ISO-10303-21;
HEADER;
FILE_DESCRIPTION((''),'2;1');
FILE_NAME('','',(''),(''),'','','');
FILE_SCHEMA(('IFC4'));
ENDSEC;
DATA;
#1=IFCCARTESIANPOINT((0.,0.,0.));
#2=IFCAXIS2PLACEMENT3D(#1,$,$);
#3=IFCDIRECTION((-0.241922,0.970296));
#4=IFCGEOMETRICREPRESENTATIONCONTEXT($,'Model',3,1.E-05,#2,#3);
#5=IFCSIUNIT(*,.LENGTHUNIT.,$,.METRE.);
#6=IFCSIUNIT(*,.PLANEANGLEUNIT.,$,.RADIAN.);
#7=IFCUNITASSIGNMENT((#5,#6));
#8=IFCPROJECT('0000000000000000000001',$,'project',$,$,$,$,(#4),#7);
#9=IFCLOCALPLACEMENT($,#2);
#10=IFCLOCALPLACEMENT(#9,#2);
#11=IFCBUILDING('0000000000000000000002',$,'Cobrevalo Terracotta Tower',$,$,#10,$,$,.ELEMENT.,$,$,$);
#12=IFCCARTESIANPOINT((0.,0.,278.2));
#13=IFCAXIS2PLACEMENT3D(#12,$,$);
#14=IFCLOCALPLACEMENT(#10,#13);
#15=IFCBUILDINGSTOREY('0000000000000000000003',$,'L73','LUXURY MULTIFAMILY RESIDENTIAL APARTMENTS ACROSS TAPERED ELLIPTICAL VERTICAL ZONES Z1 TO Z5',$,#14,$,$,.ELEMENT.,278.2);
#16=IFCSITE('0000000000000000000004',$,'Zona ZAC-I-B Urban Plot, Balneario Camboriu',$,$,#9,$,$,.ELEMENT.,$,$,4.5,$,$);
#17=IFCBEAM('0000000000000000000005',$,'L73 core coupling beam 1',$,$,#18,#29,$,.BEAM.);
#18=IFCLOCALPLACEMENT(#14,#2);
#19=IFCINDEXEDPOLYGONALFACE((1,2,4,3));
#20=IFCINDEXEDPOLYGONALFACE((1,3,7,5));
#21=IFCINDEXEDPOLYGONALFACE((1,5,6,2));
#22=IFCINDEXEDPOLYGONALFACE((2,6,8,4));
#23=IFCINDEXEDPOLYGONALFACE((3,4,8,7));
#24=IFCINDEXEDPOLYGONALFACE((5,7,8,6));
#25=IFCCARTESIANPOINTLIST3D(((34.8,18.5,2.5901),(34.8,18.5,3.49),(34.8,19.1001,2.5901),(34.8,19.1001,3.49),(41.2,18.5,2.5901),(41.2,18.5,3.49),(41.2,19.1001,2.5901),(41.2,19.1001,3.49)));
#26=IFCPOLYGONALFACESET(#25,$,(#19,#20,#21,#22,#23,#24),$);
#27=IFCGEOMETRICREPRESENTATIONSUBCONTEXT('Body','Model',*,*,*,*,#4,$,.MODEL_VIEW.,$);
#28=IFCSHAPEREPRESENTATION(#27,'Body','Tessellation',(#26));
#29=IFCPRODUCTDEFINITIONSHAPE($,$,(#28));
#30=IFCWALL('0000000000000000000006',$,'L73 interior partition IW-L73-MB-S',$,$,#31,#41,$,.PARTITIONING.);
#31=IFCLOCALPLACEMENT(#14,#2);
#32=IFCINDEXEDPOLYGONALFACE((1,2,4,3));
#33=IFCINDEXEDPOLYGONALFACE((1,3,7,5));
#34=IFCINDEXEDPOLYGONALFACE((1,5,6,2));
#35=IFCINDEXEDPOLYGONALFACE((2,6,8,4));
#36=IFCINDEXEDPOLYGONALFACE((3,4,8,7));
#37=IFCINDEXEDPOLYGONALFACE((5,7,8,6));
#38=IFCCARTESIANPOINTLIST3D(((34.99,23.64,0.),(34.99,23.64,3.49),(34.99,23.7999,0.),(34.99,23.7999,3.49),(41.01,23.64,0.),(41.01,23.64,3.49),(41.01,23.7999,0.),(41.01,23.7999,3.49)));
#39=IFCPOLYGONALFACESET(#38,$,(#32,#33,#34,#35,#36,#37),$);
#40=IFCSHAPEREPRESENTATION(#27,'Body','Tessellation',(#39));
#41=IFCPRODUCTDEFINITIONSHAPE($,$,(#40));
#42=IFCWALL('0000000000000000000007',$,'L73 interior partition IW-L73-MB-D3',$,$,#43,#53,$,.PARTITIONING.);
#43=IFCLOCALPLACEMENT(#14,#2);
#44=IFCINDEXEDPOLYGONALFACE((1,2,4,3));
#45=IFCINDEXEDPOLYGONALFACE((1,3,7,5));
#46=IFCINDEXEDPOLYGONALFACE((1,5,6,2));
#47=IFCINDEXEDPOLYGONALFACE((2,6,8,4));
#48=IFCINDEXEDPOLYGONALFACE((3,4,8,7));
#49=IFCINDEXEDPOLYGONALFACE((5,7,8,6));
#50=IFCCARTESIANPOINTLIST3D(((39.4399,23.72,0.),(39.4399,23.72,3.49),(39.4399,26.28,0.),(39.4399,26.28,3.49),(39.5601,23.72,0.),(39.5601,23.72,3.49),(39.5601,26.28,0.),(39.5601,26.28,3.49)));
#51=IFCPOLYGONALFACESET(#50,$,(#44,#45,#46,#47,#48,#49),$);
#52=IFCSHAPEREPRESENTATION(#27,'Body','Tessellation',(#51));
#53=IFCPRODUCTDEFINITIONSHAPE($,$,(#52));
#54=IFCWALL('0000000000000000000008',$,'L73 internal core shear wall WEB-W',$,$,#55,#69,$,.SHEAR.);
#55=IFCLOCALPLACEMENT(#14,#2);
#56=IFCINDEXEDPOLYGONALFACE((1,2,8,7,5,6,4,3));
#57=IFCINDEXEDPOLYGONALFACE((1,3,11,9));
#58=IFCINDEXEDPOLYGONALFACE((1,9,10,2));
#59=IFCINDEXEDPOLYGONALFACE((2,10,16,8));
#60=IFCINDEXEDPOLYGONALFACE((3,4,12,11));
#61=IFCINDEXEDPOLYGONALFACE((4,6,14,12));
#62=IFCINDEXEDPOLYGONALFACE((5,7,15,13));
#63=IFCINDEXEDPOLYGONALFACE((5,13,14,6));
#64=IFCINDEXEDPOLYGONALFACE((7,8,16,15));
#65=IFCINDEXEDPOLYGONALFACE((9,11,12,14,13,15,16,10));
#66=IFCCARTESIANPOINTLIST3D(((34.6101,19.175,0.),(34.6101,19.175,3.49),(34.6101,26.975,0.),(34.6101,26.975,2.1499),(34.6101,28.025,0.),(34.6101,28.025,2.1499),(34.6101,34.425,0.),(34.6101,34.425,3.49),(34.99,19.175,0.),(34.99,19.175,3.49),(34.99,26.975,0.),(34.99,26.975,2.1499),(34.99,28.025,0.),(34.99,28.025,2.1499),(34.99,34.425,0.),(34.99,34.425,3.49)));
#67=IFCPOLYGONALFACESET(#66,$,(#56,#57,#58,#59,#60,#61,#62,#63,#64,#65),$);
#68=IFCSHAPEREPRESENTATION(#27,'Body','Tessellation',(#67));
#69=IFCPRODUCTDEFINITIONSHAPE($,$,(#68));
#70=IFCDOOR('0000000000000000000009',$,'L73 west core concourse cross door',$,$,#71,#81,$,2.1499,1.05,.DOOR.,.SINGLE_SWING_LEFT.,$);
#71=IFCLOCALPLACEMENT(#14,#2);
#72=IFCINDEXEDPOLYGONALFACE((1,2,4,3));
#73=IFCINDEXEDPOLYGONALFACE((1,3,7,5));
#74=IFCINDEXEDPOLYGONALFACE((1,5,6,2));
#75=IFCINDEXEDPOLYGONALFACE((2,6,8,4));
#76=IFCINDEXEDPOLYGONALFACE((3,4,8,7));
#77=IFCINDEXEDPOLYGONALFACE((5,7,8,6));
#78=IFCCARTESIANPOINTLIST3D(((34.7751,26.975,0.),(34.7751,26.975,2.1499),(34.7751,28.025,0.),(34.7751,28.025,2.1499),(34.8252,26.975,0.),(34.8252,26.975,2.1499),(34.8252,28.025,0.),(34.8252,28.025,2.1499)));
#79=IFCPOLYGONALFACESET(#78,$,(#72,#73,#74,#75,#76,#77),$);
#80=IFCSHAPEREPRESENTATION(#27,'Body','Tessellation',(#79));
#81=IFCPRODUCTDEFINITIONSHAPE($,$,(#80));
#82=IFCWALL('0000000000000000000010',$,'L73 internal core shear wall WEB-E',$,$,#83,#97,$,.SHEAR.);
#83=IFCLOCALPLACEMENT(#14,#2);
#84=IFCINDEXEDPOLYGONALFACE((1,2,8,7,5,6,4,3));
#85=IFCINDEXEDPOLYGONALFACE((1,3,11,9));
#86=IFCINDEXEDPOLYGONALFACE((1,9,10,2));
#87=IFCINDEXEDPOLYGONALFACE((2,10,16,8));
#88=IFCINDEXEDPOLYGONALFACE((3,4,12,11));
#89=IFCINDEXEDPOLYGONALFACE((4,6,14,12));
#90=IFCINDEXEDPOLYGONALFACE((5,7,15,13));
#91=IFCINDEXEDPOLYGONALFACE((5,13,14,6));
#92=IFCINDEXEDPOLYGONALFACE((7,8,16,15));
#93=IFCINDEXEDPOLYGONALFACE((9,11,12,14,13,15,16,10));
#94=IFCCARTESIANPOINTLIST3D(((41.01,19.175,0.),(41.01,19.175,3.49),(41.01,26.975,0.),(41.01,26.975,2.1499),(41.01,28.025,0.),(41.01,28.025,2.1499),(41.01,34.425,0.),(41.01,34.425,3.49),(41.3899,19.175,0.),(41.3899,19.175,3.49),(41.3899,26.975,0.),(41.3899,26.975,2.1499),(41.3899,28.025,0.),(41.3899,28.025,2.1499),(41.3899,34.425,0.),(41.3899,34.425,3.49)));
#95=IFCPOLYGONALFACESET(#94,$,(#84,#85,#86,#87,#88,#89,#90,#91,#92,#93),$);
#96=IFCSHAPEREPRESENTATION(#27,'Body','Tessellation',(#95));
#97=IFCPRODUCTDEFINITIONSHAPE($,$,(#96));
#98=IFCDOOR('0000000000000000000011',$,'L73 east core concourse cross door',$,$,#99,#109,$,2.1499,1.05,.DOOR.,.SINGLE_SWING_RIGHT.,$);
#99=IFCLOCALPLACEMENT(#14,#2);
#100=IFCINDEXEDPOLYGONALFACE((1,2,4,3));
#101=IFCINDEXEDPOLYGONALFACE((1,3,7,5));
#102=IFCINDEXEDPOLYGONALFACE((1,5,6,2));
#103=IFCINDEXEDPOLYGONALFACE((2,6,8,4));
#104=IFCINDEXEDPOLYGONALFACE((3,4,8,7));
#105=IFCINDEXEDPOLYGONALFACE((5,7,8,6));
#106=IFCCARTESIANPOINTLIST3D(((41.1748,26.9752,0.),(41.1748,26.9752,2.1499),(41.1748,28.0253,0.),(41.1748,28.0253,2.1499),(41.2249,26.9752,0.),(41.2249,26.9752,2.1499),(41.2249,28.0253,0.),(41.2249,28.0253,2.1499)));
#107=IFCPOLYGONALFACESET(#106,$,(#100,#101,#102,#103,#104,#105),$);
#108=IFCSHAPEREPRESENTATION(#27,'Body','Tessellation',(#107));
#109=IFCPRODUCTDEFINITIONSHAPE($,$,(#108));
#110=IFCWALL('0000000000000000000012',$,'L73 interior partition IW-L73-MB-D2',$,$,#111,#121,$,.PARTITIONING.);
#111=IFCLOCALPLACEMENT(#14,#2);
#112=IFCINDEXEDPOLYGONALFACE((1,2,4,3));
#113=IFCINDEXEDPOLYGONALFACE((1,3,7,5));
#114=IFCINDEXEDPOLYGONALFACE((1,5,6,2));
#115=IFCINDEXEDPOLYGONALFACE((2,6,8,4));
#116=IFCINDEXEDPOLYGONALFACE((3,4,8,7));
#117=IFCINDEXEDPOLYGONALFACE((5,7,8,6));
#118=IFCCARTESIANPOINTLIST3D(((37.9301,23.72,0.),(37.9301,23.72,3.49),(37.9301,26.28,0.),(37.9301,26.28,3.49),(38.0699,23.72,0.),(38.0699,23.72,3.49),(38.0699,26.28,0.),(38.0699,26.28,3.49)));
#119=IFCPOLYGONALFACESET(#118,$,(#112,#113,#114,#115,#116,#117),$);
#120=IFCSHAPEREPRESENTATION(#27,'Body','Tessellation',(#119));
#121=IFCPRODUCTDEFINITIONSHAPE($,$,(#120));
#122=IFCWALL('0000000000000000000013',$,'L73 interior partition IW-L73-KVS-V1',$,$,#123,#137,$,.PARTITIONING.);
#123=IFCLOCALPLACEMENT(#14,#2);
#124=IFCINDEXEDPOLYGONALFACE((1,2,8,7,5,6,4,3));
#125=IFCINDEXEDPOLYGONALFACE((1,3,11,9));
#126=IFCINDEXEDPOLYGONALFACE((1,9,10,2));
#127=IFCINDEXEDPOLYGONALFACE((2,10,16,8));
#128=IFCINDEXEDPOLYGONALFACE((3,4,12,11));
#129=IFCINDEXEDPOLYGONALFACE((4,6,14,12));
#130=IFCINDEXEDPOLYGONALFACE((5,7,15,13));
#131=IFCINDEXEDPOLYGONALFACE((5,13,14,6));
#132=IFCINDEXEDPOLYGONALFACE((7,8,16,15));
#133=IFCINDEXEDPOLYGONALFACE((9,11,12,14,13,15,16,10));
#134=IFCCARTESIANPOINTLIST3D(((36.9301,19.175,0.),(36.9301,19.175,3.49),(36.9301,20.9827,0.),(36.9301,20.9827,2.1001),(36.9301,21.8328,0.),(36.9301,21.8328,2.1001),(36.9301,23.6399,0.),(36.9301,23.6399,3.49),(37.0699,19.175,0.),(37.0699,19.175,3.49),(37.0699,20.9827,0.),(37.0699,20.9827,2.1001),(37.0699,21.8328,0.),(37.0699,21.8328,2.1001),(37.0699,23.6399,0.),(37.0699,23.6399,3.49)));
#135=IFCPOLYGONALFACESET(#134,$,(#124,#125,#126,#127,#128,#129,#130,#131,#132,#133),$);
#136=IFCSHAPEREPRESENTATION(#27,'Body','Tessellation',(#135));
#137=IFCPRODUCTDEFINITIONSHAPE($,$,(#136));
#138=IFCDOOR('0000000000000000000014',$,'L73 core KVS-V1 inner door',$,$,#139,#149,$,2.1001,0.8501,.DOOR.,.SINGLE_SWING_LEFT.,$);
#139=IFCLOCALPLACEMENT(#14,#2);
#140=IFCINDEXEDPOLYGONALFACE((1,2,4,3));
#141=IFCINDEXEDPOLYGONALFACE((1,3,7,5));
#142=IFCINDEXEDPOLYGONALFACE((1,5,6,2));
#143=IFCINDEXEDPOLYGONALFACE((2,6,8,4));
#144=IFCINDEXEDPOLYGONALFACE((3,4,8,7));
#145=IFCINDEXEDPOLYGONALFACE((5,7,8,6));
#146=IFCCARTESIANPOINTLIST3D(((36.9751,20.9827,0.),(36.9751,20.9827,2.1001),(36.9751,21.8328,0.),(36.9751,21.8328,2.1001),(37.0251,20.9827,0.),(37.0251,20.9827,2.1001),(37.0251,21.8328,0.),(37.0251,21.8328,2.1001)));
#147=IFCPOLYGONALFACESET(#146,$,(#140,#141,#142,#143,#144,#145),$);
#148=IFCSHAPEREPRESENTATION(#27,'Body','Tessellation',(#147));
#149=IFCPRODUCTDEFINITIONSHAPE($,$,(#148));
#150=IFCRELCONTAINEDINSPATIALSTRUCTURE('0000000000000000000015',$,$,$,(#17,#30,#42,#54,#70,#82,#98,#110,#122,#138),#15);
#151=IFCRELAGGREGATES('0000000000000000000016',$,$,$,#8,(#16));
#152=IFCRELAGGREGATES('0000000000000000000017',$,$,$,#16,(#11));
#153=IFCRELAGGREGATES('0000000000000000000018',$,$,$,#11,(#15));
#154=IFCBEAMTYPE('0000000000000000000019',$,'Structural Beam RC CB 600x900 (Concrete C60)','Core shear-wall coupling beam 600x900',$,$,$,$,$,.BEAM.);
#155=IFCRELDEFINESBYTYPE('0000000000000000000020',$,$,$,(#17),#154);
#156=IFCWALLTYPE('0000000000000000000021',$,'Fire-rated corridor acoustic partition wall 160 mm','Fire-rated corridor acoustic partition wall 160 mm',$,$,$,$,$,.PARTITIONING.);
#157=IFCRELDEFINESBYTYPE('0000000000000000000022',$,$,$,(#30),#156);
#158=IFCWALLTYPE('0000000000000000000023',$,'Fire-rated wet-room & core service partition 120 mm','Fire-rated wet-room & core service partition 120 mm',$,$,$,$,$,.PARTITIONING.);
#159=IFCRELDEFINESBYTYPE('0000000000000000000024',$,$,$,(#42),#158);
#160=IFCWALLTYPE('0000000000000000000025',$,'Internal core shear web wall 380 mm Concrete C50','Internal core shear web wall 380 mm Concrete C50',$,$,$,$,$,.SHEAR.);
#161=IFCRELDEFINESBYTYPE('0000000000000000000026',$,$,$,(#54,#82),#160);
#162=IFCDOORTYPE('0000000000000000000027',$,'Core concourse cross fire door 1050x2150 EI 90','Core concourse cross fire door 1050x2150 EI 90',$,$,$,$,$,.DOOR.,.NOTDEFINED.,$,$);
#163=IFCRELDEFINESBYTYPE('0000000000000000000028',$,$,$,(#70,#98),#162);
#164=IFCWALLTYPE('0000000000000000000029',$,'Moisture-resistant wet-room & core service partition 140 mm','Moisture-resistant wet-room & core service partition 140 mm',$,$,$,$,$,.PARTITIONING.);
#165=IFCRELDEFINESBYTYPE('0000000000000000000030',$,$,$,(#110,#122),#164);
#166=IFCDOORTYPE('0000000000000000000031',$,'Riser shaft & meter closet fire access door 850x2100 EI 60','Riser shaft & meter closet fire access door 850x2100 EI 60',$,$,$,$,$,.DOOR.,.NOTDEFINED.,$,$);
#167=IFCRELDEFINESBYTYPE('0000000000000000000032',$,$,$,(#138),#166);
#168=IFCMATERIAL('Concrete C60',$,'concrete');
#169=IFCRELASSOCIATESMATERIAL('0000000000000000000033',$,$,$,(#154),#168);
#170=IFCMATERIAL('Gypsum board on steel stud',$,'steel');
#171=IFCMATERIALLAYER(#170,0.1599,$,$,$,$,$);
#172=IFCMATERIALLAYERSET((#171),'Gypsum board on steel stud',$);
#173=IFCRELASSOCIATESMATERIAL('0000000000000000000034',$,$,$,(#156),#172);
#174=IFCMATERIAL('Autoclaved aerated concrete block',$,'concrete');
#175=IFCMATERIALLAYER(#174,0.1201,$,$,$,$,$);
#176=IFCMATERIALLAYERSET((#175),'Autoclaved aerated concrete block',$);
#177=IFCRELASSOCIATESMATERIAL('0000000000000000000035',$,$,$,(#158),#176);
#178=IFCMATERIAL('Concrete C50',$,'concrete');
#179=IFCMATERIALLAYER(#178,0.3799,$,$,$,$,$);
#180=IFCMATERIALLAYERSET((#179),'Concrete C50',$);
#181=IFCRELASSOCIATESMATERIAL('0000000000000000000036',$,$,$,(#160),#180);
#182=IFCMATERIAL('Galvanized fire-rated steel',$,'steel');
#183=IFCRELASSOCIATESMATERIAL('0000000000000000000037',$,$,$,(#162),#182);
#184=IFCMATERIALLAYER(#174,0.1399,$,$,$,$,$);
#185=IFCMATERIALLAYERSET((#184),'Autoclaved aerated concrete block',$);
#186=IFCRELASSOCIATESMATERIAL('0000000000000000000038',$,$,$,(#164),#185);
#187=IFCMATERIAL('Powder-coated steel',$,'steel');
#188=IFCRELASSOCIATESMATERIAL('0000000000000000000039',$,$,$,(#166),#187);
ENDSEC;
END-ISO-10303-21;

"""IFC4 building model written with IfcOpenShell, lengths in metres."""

from ifc_helpers import new_model, si_unit, direction, frame, frame_2d, origin, origin_2d, place, context, subcontext, project, spatial, rectangle, extrude, source, transform, mapped, material, layer, layer_set, material_profile, profile_set, type_object, element, fill, save


model = new_model("IFC4")

# Units and contexts
model_context = context("Model", 3, precision=1e-05, world=origin(), true_north=direction((-0.241922, 0.970296)))
body_context = subcontext(model_context, "Body", "Model", "MODEL_VIEW")
ifc_project = project(units=[si_unit("LENGTHUNIT", "METRE"), si_unit("PLANEANGLEUNIT", "RADIAN")], contexts=[model_context])

# Site, building, storey
site_placement = place(None, origin())
site = spatial("IfcSite", under=ifc_project, at=site_placement, Name="Zona ZAC-I-B Urban Plot, Balneario Camboriu", CompositionType="ELEMENT", RefElevation=4.5)
building_placement = place(site_placement, origin())
building = spatial("IfcBuilding", under=site, at=building_placement, Name="Cobrevalo Terracotta Tower", CompositionType="ELEMENT")
storey_placement = place(building_placement, frame((0.0, 0.0, 278.2)))
storey = spatial("IfcBuildingStorey", under=building, at=storey_placement, Name="L73", Description="LUXURY MULTIFAMILY RESIDENTIAL APARTMENTS ACROSS TAPERED ELLIPTICAL VERTICAL ZONES Z1 TO Z5", CompositionType="ELEMENT", Elevation=278.2)

# Beam
ifc_material_1 = material(Name="Concrete C60", Category="concrete")
ifc_material_profile = material_profile(ifc_material_1, rectangle(XDim=0.6001, YDim=0.8999, at=origin_2d()), Name="RC CB 600x900")
ifc_profile_set = profile_set([ifc_material_profile], Name="Concrete C60")
beam_type = type_object("IfcBeamType", Name="Structural Beam RC CB 600x900 (Concrete C60)", Description="Core shear-wall coupling beam 600x900", PredefinedType="BEAM", material=ifc_profile_set)
beam_placement = place(storey_placement, frame((34.8, 18.8, 3.04), z_axis=(1.0, 0.0, 0.0), x_axis=(0.0, 1.0, 0.0)))
element("IfcBeam", 1, at=beam_placement, inside=storey, type_object=beam_type, Name="L73 core coupling beam 1", PredefinedType="BEAM", context=body_context, shape_type="SweptSolid", body=[
    extrude(rectangle(XDim=0.6001, YDim=0.8999, at=origin_2d()), origin(), (0.0, 0.0, 1.0), 6.3999),
])

# Walls
ifc_material_2 = material(Name="Gypsum board on steel stud", Category="steel")
ifc_layer_1 = layer(ifc_material_2, 0.1599)
ifc_layer_set_1 = layer_set([ifc_layer_1], Name="Gypsum board on steel stud")
wall_type_1 = type_object("IfcWallType", Name="Fire-rated corridor acoustic partition wall 160 mm", Description="Fire-rated corridor acoustic partition wall 160 mm", PredefinedType="PARTITIONING", material=ifc_layer_set_1)
wall_1_placement = place(storey_placement, frame((34.99, 23.72, 0.0), z_axis=(0.0, 0.0, 1.0), x_axis=(1.0, 0.0, 0.0)))
element("IfcWall", 2, at=wall_1_placement, inside=storey, type_object=wall_type_1, Name="L73 interior partition IW-L73-MB-S", PredefinedType="PARTITIONING", context=body_context, shape_type="SweptSolid", body=[
    extrude(rectangle(XDim=6.02, YDim=0.1599, at=frame_2d((3.01, 0.0))), origin(), (0.0, 0.0, 1.0), 3.49),
])
ifc_material_3 = material(Name="Autoclaved aerated concrete block", Category="concrete")
ifc_layer_2 = layer(ifc_material_3, 0.1201)
ifc_layer_set_2 = layer_set([ifc_layer_2], Name="Autoclaved aerated concrete block")
wall_type_2 = type_object("IfcWallType", Name="Fire-rated wet-room & core service partition 120 mm", Description="Fire-rated wet-room & core service partition 120 mm", PredefinedType="PARTITIONING", material=ifc_layer_set_2)
wall_2_placement = place(storey_placement, frame((39.5, 23.72, 0.0), z_axis=(0.0, 0.0, 1.0), x_axis=(0.0, 1.0, 0.0)))
element("IfcWall", 3, at=wall_2_placement, inside=storey, type_object=wall_type_2, Name="L73 interior partition IW-L73-MB-D3", PredefinedType="PARTITIONING", context=body_context, shape_type="SweptSolid", body=[
    extrude(rectangle(XDim=2.5601, YDim=0.1201, at=frame_2d((1.28, 0.0))), origin(), (0.0, 0.0, 1.0), 3.49),
])

# Walls, openings, doors
ifc_material_4 = material(Name="Concrete C50", Category="concrete")
ifc_layer_3 = layer(ifc_material_4, 0.3799)
ifc_layer_set_3 = layer_set([ifc_layer_3], Name="Concrete C50")
wall_type_3 = type_object("IfcWallType", Name="Internal core shear web wall 380 mm Concrete C50", Description="Internal core shear web wall 380 mm Concrete C50", PredefinedType="SHEAR", material=ifc_layer_set_3)
wall_3_placement = place(storey_placement, frame((34.8, 19.175, 0.0), z_axis=(0.0, 0.0, 1.0), x_axis=(0.0, 1.0, 0.0)))
wall_3 = element("IfcWall", 4, at=wall_3_placement, inside=storey, type_object=wall_type_3, Name="L73 internal core shear wall WEB-W", PredefinedType="SHEAR", context=body_context, shape_type="SweptSolid", body=[
    extrude(rectangle(XDim=15.25, YDim=0.3799, at=frame_2d((7.625, 0.0))), origin(), (0.0, 0.0, 1.0), 3.49),
])
opening_1_placement = place(wall_3_placement, frame((7.8, 0.0, 0.0)))
opening_1 = element("IfcOpeningElement", 5, at=opening_1_placement, cuts=wall_3, PredefinedType="OPENING", context=body_context, shape_type="SweptSolid", body=[
    extrude(rectangle(XDim=1.05, YDim=2.1499, at=frame_2d((0.5249, 1.075))), frame((0.0, 0.2, 0.0), z_axis=(0.0, -1.0, 0.0), x_axis=(1.0, 0.0, 0.0)), (0.0, 0.0, 1.0), 0.3999),
])
ifc_material_5 = material(Name="Galvanized fire-rated steel", Category="steel")
door_type_1 = type_object("IfcDoorType", Name="Core concourse cross fire door 1050x2150 EI 90", Description="Core concourse cross fire door 1050x2150 EI 90", OperationType="NOTDEFINED", PredefinedType="DOOR", material=ifc_material_5)
shared_shape_1 = source(origin(), body_context, "Body", "SweptSolid", [
    extrude(rectangle(XDim=1.05, YDim=2.1499, at=frame_2d((0.5249, 1.075))), frame((0.0, 0.0249, 0.0), z_axis=(0.0, -1.0, 0.0), x_axis=(1.0, 0.0, 0.0)), (0.0, 0.0, 1.0), 0.05),
])
door_1_placement = place(opening_1_placement, origin())
door_1 = element("IfcDoor", 6, at=door_1_placement, inside=storey, type_object=door_type_1, Name="L73 west core concourse cross door", OperationType="SINGLE_SWING_LEFT", OverallHeight=2.1499, OverallWidth=1.05, PredefinedType="DOOR", context=body_context, shape_type="MappedRepresentation", body=[
    mapped(shared_shape_1, transform((0.0, 0.0, 0.0), scale=1.0)),
])
fill(opening_1, door_1)
wall_4_placement = place(storey_placement, frame((41.2, 19.175, 0.0), z_axis=(0.0, 0.0, 1.0), x_axis=(0.0, 1.0, 0.0)))
wall_4 = element("IfcWall", 7, at=wall_4_placement, inside=storey, type_object=wall_type_3, Name="L73 internal core shear wall WEB-E", PredefinedType="SHEAR", context=body_context, shape_type="SweptSolid", body=[
    extrude(rectangle(XDim=15.25, YDim=0.3799, at=frame_2d((7.625, 0.0))), origin(), (0.0, 0.0, 1.0), 3.49),
])
opening_2_placement = place(wall_4_placement, frame((7.8, 0.0, 0.0)))
opening_2 = element("IfcOpeningElement", 8, at=opening_2_placement, cuts=wall_4, PredefinedType="OPENING", context=body_context, shape_type="SweptSolid", body=[
    extrude(rectangle(XDim=1.05, YDim=2.1499, at=frame_2d((0.5249, 1.075))), frame((0.0, 0.2, 0.0), z_axis=(0.0, -1.0, 0.0), x_axis=(1.0, 0.0, 0.0)), (0.0, 0.0, 1.0), 0.3999),
])
door_2_placement = place(opening_2_placement, frame((1.05, 0.0, 0.0), z_axis=(0.0, 0.0, 1.0), x_axis=(-1.0, 0.0, 0.0)))
door_2 = element("IfcDoor", 9, at=door_2_placement, inside=storey, type_object=door_type_1, Name="L73 east core concourse cross door", OperationType="SINGLE_SWING_RIGHT", OverallHeight=2.1499, OverallWidth=1.05, PredefinedType="DOOR", context=body_context, shape_type="MappedRepresentation", body=[
    mapped(shared_shape_1, transform((0.0, 0.0, 0.0), scale=1.0)),
])
fill(opening_2, door_2)

# Wall
ifc_layer_4 = layer(ifc_material_3, 0.1399)
ifc_layer_set_4 = layer_set([ifc_layer_4], Name="Autoclaved aerated concrete block")
wall_type_4 = type_object("IfcWallType", Name="Moisture-resistant wet-room & core service partition 140 mm", Description="Moisture-resistant wet-room & core service partition 140 mm", PredefinedType="PARTITIONING", material=ifc_layer_set_4)
wall_5_placement = place(storey_placement, frame((38.0, 23.72, 0.0), z_axis=(0.0, 0.0, 1.0), x_axis=(0.0, 1.0, 0.0)))
element("IfcWall", 10, at=wall_5_placement, inside=storey, type_object=wall_type_4, Name="L73 interior partition IW-L73-MB-D2", PredefinedType="PARTITIONING", context=body_context, shape_type="SweptSolid", body=[
    extrude(rectangle(XDim=2.5601, YDim=0.1399, at=frame_2d((1.28, 0.0))), origin(), (0.0, 0.0, 1.0), 3.49),
])

# Wall, opening, door
wall_6_placement = place(storey_placement, frame((37.0, 19.175, 0.0), z_axis=(0.0, 0.0, 1.0), x_axis=(0.0, 1.0, 0.0)))
wall_6 = element("IfcWall", 11, at=wall_6_placement, inside=storey, type_object=wall_type_4, Name="L73 interior partition IW-L73-KVS-V1", PredefinedType="PARTITIONING", context=body_context, shape_type="SweptSolid", body=[
    extrude(rectangle(XDim=4.4648, YDim=0.1399, at=frame_2d((2.2324, 0.0))), origin(), (0.0, 0.0, 1.0), 3.49),
])
opening_3_placement = place(wall_6_placement, frame((1.8076, 0.0, 0.0)))
opening_3 = element("IfcOpeningElement", 12, at=opening_3_placement, cuts=wall_6, PredefinedType="OPENING", context=body_context, shape_type="SweptSolid", body=[
    extrude(rectangle(XDim=0.8501, YDim=2.1001, at=frame_2d((0.425, 1.05))), frame((0.0, 0.0801, 0.0), z_axis=(0.0, -1.0, 0.0), x_axis=(1.0, 0.0, 0.0)), (0.0, 0.0, 1.0), 0.1599),
])
ifc_material_6 = material(Name="Powder-coated steel", Category="steel")
door_type_2 = type_object("IfcDoorType", Name="Riser shaft & meter closet fire access door 850x2100 EI 60", Description="Riser shaft & meter closet fire access door 850x2100 EI 60", OperationType="NOTDEFINED", PredefinedType="DOOR", material=ifc_material_6)
shared_shape_2 = source(origin(), body_context, "Body", "SweptSolid", [
    extrude(rectangle(XDim=0.8501, YDim=2.1001, at=frame_2d((0.425, 1.05))), frame((0.0, 0.0249, 0.0), z_axis=(0.0, -1.0, 0.0), x_axis=(1.0, 0.0, 0.0)), (0.0, 0.0, 1.0), 0.05),
])
door_3_placement = place(opening_3_placement, origin())
door_3 = element("IfcDoor", 13, at=door_3_placement, inside=storey, type_object=door_type_2, Name="L73 core KVS-V1 inner door", OperationType="SINGLE_SWING_LEFT", OverallHeight=2.1001, OverallWidth=0.8501, PredefinedType="DOOR", context=body_context, shape_type="MappedRepresentation", body=[
    mapped(shared_shape_2, transform((0.0, 0.0, 0.0), scale=1.0)),
])
fill(opening_3, door_3)

save(model, "model.ifc")
